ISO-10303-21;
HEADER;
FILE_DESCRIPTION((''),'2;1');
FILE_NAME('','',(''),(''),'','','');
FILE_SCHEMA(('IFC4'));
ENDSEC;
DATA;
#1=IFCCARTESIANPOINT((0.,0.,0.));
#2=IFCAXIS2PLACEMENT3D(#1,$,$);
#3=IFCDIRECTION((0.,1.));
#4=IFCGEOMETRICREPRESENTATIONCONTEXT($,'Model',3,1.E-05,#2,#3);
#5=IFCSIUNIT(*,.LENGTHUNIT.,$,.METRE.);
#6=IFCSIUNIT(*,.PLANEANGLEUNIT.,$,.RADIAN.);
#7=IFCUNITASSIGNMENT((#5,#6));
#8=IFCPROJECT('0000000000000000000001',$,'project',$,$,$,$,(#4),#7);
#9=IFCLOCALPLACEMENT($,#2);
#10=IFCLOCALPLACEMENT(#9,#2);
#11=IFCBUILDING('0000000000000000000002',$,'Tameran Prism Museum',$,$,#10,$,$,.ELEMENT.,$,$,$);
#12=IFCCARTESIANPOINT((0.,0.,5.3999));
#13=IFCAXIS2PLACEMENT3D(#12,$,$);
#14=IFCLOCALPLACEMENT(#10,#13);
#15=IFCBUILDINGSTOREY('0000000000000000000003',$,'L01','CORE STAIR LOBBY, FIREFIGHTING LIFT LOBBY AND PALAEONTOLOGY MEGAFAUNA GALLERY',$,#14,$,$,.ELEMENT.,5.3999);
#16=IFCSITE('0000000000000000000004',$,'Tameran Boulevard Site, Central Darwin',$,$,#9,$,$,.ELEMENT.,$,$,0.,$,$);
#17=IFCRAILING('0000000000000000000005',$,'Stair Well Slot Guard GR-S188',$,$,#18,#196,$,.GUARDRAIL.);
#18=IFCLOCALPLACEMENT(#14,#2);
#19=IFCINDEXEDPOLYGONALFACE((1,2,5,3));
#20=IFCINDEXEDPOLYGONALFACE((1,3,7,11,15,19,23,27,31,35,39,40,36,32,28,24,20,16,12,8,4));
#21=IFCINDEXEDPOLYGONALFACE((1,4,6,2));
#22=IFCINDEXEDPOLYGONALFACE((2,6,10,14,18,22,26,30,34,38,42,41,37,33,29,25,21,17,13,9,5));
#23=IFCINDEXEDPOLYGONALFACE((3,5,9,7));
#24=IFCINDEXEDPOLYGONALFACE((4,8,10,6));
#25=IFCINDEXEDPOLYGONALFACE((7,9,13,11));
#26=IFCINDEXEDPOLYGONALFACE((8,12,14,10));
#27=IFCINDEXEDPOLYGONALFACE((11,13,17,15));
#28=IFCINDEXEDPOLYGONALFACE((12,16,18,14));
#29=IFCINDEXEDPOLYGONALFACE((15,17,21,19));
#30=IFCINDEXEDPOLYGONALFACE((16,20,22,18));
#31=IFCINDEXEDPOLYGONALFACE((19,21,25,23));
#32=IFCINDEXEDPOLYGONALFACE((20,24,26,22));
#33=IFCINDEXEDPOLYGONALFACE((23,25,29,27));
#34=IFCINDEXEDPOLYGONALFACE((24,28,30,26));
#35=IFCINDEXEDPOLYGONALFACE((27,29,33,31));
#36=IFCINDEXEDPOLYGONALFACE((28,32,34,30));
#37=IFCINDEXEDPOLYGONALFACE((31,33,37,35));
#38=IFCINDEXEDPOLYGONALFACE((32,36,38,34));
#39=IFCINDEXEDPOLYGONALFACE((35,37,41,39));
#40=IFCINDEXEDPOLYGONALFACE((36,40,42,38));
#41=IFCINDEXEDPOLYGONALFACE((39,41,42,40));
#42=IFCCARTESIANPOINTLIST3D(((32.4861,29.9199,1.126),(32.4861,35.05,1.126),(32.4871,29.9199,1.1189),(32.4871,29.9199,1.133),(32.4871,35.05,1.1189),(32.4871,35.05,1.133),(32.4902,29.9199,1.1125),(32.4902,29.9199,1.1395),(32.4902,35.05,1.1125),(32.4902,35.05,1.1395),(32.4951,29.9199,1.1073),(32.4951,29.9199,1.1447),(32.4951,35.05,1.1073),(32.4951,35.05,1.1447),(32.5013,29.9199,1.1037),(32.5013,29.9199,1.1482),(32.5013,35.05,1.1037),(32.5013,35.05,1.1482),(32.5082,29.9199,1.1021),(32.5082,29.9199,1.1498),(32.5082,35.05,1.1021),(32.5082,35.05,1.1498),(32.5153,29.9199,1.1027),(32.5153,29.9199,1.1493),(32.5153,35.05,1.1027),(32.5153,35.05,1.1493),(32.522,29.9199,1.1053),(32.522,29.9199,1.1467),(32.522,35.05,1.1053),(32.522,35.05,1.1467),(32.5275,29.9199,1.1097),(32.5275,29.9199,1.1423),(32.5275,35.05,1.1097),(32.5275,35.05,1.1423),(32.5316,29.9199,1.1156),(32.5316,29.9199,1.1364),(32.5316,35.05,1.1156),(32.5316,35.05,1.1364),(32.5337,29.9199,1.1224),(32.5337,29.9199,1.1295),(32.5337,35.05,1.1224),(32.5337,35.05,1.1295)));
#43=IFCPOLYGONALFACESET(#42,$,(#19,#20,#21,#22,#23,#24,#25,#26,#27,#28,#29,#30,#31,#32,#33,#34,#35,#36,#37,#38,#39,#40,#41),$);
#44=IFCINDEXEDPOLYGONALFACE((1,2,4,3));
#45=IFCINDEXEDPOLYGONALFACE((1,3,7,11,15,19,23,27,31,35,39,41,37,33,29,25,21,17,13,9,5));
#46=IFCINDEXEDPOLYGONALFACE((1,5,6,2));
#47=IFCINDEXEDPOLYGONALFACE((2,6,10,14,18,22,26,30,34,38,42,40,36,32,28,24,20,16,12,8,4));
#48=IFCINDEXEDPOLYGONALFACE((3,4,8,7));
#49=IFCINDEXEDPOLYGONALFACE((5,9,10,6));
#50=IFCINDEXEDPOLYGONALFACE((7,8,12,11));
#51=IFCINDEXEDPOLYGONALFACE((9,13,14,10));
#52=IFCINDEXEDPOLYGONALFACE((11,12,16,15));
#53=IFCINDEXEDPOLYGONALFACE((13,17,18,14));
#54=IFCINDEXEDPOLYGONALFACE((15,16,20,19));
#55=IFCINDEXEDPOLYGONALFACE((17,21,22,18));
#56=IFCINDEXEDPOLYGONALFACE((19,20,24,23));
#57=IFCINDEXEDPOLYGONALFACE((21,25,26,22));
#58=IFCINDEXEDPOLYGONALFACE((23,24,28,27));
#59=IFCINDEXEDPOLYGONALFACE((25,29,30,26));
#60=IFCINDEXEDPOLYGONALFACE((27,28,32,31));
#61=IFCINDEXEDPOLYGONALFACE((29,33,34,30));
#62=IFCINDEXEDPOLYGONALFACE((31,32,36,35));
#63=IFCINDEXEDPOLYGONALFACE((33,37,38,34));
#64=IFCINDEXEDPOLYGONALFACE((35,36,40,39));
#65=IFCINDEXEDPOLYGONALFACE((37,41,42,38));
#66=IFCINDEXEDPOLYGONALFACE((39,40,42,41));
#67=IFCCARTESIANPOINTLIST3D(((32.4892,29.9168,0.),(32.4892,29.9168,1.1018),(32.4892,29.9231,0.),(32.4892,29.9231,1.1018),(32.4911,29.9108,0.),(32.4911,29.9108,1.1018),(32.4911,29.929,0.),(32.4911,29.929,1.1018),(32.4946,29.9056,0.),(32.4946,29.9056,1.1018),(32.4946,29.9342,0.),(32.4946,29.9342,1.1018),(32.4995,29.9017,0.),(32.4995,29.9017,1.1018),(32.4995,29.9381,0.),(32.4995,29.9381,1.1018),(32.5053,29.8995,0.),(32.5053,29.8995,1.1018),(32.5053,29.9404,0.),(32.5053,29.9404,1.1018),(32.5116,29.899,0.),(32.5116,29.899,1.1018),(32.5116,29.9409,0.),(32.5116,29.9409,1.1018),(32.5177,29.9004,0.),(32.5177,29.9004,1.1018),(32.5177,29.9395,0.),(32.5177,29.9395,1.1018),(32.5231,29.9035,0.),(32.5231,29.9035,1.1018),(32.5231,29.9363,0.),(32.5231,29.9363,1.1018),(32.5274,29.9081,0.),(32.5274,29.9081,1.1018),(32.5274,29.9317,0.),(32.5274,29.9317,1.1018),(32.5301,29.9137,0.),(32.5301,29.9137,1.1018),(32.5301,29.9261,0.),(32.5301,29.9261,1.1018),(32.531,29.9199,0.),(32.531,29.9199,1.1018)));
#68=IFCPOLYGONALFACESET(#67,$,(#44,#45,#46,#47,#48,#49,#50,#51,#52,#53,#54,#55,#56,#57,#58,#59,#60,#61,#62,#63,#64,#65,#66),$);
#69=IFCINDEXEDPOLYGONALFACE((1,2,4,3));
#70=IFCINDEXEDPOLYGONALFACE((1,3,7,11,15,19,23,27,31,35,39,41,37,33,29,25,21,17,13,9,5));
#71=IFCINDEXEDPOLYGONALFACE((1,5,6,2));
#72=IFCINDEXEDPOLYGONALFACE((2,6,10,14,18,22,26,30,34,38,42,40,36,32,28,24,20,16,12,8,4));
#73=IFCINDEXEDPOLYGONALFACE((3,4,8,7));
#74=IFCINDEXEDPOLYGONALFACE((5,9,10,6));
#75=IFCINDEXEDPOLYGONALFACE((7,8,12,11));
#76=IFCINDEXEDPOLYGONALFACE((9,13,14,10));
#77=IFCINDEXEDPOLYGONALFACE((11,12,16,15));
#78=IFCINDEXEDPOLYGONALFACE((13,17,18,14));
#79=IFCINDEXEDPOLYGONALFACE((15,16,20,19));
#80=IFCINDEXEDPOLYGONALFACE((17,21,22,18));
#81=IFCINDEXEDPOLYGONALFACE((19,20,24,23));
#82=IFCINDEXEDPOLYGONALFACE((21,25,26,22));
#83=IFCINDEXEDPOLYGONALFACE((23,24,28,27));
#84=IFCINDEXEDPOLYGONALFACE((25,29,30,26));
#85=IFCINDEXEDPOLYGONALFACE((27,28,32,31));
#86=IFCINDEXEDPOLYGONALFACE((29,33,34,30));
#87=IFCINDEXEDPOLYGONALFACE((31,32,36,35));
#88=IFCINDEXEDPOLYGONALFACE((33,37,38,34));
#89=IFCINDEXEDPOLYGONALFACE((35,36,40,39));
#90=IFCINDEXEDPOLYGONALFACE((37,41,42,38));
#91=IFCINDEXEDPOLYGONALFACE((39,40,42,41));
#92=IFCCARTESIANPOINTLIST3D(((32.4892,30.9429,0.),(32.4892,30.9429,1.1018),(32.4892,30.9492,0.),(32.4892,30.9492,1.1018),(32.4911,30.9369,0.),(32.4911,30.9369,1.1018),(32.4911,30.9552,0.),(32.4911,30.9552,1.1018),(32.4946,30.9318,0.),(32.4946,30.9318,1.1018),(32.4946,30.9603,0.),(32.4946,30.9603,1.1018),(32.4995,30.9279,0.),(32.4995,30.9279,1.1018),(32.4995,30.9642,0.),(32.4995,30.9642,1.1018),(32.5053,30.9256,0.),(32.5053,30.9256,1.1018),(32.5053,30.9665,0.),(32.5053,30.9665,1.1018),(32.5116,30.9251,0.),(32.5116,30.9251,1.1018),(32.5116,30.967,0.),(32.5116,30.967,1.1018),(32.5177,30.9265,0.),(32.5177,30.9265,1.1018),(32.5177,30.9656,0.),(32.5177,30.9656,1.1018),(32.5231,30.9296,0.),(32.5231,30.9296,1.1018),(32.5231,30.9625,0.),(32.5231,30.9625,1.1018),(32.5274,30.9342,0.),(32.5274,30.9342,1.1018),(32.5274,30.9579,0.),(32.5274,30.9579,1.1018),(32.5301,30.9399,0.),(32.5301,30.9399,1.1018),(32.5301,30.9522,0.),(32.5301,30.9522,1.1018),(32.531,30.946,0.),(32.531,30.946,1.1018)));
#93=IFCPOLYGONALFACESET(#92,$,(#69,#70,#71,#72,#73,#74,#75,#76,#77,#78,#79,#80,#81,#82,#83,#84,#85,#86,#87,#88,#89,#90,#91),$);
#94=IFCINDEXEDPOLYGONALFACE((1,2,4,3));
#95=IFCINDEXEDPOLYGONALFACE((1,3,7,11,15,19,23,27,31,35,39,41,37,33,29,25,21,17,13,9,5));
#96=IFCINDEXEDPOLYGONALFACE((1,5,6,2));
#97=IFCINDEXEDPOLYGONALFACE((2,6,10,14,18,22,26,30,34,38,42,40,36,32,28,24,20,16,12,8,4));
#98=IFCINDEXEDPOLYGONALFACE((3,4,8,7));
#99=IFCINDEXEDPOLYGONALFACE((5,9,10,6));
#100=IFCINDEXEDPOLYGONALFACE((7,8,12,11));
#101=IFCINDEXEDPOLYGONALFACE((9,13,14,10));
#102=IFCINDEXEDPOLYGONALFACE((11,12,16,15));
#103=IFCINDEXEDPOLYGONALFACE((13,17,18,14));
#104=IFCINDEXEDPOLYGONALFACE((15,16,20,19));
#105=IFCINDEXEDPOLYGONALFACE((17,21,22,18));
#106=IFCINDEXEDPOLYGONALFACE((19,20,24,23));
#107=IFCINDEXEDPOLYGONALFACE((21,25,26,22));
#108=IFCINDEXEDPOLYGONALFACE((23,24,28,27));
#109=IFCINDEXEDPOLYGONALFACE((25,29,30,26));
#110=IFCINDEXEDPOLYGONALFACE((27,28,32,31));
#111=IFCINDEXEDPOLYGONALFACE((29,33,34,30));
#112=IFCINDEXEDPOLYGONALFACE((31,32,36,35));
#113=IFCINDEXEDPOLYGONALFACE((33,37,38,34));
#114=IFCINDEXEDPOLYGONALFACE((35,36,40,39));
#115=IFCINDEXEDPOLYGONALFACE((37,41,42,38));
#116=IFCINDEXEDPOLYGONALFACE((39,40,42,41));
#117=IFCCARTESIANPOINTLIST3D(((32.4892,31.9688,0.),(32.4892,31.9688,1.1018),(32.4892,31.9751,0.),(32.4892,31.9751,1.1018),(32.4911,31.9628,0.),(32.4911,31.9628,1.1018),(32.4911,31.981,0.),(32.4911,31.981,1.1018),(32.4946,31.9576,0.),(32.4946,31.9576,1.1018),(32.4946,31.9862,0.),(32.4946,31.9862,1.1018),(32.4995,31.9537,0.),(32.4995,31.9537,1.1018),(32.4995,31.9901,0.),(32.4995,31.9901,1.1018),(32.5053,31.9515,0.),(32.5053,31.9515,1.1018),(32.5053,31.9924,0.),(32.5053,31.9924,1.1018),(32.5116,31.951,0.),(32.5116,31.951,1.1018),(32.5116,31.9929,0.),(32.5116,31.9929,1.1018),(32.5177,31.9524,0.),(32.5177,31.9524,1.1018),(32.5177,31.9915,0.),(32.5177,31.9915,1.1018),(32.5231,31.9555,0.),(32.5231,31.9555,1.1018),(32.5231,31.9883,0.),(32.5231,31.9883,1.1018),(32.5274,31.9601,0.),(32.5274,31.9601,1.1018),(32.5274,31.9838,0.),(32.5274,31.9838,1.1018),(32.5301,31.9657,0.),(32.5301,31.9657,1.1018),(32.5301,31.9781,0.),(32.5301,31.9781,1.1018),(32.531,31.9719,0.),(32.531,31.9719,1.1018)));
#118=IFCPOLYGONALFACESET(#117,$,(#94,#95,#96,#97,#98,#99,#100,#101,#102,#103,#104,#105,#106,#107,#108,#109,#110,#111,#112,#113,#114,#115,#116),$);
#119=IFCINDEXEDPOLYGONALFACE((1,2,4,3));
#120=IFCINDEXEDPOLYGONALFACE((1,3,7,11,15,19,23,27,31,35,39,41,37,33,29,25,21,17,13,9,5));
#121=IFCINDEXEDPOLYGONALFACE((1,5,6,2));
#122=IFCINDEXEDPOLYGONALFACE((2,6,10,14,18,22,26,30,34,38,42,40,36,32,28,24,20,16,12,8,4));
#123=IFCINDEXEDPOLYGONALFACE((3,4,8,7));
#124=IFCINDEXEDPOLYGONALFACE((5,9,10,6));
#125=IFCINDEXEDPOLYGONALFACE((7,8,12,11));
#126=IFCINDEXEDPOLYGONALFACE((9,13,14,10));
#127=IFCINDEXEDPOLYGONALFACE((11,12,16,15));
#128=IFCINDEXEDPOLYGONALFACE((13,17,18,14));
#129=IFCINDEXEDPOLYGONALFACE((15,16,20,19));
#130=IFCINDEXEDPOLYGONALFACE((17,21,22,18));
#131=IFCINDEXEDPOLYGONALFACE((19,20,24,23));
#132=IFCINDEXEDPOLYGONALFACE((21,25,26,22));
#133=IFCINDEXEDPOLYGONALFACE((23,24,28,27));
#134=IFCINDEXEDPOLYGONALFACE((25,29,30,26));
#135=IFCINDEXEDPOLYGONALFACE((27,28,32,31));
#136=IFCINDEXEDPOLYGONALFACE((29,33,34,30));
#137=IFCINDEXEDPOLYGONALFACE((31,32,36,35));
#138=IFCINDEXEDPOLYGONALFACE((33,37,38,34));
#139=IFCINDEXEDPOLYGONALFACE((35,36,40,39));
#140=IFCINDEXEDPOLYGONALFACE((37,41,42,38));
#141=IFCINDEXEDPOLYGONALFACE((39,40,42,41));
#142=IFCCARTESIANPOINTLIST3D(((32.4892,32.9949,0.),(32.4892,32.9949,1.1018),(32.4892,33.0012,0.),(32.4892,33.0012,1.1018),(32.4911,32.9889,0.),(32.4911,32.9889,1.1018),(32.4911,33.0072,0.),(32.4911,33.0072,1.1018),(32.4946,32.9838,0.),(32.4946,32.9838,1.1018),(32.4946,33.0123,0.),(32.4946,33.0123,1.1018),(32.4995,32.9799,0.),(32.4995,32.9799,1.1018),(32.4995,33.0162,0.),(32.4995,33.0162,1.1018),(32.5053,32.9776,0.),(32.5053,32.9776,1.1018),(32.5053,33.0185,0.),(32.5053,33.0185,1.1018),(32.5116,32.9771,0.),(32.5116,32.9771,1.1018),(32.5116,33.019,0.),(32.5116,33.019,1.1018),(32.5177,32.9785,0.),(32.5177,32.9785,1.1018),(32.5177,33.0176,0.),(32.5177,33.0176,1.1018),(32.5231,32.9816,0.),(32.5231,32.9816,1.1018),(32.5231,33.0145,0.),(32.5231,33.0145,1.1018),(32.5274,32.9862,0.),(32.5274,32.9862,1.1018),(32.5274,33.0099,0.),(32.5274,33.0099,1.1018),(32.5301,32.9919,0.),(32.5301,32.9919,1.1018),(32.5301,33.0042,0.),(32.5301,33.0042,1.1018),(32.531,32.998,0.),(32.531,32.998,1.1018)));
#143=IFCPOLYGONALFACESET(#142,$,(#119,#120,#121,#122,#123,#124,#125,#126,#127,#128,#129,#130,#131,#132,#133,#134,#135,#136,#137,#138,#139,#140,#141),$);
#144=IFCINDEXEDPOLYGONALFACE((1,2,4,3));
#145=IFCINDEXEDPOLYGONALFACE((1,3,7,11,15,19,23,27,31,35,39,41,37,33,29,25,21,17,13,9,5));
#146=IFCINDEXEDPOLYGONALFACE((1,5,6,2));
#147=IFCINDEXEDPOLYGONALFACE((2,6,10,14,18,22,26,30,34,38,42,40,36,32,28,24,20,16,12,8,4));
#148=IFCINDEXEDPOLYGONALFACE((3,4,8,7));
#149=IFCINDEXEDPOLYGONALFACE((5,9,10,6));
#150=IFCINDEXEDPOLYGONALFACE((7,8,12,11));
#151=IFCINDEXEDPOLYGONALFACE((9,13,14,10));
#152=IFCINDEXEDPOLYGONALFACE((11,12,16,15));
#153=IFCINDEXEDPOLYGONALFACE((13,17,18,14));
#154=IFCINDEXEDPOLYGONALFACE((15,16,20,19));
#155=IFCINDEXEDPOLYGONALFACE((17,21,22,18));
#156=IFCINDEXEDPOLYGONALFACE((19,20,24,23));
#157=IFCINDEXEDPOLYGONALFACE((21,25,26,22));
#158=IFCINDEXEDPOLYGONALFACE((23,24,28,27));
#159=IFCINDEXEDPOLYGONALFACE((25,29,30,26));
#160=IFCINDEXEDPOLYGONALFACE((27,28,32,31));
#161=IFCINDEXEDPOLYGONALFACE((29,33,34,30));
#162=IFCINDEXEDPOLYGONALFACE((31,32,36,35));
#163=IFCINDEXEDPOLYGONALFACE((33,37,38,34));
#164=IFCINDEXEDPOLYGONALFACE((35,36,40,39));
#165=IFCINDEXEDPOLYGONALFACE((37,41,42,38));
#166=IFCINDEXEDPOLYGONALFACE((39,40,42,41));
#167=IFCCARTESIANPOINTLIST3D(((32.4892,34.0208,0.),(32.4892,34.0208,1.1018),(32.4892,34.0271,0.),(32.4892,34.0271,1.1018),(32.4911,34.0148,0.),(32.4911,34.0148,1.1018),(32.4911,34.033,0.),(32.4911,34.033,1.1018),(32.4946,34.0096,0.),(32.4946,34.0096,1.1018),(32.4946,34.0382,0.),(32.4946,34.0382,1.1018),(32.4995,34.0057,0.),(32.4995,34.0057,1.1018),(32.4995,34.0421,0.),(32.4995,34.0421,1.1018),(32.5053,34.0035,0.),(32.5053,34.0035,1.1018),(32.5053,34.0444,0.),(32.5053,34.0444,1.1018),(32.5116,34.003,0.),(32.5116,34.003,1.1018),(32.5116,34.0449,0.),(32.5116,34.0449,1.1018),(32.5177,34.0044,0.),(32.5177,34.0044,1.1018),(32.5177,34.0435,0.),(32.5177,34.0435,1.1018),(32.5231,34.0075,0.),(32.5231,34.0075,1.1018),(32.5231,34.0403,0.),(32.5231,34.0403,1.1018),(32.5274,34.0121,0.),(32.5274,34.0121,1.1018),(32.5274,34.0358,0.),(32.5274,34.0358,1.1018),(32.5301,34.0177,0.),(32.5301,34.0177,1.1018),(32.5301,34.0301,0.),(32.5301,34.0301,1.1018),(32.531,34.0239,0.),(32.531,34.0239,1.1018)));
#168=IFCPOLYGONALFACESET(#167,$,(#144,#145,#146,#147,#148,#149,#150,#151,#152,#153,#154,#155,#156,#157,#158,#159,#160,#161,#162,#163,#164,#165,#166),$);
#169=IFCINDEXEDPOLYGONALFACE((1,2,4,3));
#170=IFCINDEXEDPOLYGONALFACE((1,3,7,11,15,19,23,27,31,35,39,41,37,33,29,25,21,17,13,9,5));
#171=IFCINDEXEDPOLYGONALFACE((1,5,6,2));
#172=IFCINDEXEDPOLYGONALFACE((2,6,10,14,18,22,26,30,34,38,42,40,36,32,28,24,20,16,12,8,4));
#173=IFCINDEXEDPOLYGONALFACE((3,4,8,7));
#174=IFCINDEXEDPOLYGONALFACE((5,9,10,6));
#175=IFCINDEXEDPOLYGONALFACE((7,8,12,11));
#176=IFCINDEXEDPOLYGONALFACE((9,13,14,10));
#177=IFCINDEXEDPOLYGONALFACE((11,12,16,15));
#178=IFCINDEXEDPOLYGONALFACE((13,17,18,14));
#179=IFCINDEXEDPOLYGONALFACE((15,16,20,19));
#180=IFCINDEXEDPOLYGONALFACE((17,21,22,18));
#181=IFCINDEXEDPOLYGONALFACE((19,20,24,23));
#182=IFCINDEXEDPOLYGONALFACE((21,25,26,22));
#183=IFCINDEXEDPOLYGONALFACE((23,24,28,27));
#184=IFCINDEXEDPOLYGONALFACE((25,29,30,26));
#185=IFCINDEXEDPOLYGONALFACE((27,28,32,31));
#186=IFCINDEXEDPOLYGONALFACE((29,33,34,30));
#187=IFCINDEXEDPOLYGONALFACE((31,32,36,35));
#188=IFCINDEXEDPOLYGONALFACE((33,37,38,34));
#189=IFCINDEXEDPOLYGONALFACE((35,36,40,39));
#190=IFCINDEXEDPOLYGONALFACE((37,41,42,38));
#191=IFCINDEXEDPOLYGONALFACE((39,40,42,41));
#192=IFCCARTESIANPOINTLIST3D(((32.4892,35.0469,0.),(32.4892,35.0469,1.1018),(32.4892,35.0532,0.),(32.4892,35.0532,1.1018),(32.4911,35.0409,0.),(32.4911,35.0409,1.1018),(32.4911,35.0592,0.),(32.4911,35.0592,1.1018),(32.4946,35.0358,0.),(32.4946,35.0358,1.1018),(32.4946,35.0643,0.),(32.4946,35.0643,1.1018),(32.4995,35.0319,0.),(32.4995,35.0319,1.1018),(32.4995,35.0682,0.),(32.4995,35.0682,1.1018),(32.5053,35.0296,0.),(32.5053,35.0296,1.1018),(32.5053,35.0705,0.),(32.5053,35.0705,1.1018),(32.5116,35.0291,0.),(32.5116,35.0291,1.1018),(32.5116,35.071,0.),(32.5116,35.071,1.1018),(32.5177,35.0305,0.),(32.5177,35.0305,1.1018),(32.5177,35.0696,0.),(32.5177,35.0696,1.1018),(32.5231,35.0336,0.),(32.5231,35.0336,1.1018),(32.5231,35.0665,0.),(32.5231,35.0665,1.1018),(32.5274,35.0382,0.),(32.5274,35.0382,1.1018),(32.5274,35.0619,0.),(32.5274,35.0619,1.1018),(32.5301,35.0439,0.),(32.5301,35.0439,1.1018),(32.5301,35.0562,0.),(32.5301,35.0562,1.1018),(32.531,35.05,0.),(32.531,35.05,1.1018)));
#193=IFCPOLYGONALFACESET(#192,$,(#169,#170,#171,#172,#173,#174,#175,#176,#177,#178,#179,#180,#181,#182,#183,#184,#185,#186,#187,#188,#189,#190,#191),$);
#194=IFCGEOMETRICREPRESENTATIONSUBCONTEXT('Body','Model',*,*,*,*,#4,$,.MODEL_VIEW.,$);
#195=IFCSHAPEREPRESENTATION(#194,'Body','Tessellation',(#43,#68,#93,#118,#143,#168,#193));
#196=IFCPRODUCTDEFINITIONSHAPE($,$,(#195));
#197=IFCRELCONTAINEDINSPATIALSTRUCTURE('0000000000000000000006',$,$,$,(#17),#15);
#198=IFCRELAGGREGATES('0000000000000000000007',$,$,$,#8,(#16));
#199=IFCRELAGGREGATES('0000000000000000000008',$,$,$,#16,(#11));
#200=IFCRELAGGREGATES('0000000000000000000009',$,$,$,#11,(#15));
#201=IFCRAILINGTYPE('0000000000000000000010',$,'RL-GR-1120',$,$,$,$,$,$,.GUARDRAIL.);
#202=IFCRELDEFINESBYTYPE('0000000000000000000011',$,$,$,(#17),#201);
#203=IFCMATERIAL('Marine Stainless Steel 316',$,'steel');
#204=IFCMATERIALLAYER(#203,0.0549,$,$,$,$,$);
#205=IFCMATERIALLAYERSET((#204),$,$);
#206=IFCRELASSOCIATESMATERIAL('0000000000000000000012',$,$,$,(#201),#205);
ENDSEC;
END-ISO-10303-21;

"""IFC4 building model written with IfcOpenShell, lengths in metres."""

from ifc_helpers import new_model, si_unit, direction, frame, origin, origin_2d, place, context, subcontext, project, spatial, circle, extrude, material, layer, layer_set, type_object, element, save


model = new_model("IFC4")

# Units and contexts
model_context = context("Model", 3, precision=1e-05, world=origin(), true_north=direction((0.0, 1.0)))
body_context = subcontext(model_context, "Body", "Model", "MODEL_VIEW")
ifc_project = project(units=[si_unit("LENGTHUNIT", "METRE"), si_unit("PLANEANGLEUNIT", "RADIAN")], contexts=[model_context])

# Site, building, storey
site_placement = place(None, origin())
site = spatial("IfcSite", under=ifc_project, at=site_placement, Name="Tameran Boulevard Site, Central Darwin", CompositionType="ELEMENT", RefElevation=0.0)
building_placement = place(site_placement, origin())
building = spatial("IfcBuilding", under=site, at=building_placement, Name="Tameran Prism Museum", CompositionType="ELEMENT")
storey_placement = place(building_placement, frame((0.0, 0.0, 5.3999)))
storey = spatial("IfcBuildingStorey", under=building, at=storey_placement, Name="L01", Description="CORE STAIR LOBBY, FIREFIGHTING LIFT LOBBY AND PALAEONTOLOGY MEGAFAUNA GALLERY", CompositionType="ELEMENT", Elevation=5.3999)

# Railing
ifc_material_1 = material(Name="Marine Stainless Steel 316", Category="steel")
ifc_layer_1 = layer(ifc_material_1, 0.0549)
ifc_layer_set_1 = layer_set([ifc_layer_1])
railing_type = type_object("IfcRailingType", Name="RL-GR-1120", PredefinedType="GUARDRAIL", material=ifc_layer_set_1)
railing_placement = place(storey_placement, frame((32.51, 29.9199, 0.0)))
element("IfcRailing", 1, at=railing_placement, inside=storey, type_object=railing_type, Name="Stair Well Slot Guard GR-S188", PredefinedType="GUARDRAIL", context=body_context, shape_type="SweptSolid", body=[
    extrude(circle(Radius=0.0239, at=origin_2d()), frame((0.0, 0.0, 1.126), z_axis=(0.0, 1.0, 0.0), x_axis=(-1.0, 0.0, 0.0)), (0.0, 0.0, 1.0), 5.1301),
    extrude(circle(Radius=0.021, at=origin_2d()), origin(), (0.0, 0.0, 1.0), 1.1018),
    extrude(circle(Radius=0.021, at=origin_2d()), frame((0.0, 1.0261, 0.0)), (0.0, 0.0, 1.0), 1.1018),
    extrude(circle(Radius=0.021, at=origin_2d()), frame((0.0, 2.052, 0.0)), (0.0, 0.0, 1.0), 1.1018),
    extrude(circle(Radius=0.021, at=origin_2d()), frame((0.0, 3.0781, 0.0)), (0.0, 0.0, 1.0), 1.1018),
    extrude(circle(Radius=0.021, at=origin_2d()), frame((0.0, 4.104, 0.0)), (0.0, 0.0, 1.0), 1.1018),
    extrude(circle(Radius=0.021, at=origin_2d()), frame((0.0, 5.1301, 0.0)), (0.0, 0.0, 1.0), 1.1018),
])

save(model, "model.ifc")
